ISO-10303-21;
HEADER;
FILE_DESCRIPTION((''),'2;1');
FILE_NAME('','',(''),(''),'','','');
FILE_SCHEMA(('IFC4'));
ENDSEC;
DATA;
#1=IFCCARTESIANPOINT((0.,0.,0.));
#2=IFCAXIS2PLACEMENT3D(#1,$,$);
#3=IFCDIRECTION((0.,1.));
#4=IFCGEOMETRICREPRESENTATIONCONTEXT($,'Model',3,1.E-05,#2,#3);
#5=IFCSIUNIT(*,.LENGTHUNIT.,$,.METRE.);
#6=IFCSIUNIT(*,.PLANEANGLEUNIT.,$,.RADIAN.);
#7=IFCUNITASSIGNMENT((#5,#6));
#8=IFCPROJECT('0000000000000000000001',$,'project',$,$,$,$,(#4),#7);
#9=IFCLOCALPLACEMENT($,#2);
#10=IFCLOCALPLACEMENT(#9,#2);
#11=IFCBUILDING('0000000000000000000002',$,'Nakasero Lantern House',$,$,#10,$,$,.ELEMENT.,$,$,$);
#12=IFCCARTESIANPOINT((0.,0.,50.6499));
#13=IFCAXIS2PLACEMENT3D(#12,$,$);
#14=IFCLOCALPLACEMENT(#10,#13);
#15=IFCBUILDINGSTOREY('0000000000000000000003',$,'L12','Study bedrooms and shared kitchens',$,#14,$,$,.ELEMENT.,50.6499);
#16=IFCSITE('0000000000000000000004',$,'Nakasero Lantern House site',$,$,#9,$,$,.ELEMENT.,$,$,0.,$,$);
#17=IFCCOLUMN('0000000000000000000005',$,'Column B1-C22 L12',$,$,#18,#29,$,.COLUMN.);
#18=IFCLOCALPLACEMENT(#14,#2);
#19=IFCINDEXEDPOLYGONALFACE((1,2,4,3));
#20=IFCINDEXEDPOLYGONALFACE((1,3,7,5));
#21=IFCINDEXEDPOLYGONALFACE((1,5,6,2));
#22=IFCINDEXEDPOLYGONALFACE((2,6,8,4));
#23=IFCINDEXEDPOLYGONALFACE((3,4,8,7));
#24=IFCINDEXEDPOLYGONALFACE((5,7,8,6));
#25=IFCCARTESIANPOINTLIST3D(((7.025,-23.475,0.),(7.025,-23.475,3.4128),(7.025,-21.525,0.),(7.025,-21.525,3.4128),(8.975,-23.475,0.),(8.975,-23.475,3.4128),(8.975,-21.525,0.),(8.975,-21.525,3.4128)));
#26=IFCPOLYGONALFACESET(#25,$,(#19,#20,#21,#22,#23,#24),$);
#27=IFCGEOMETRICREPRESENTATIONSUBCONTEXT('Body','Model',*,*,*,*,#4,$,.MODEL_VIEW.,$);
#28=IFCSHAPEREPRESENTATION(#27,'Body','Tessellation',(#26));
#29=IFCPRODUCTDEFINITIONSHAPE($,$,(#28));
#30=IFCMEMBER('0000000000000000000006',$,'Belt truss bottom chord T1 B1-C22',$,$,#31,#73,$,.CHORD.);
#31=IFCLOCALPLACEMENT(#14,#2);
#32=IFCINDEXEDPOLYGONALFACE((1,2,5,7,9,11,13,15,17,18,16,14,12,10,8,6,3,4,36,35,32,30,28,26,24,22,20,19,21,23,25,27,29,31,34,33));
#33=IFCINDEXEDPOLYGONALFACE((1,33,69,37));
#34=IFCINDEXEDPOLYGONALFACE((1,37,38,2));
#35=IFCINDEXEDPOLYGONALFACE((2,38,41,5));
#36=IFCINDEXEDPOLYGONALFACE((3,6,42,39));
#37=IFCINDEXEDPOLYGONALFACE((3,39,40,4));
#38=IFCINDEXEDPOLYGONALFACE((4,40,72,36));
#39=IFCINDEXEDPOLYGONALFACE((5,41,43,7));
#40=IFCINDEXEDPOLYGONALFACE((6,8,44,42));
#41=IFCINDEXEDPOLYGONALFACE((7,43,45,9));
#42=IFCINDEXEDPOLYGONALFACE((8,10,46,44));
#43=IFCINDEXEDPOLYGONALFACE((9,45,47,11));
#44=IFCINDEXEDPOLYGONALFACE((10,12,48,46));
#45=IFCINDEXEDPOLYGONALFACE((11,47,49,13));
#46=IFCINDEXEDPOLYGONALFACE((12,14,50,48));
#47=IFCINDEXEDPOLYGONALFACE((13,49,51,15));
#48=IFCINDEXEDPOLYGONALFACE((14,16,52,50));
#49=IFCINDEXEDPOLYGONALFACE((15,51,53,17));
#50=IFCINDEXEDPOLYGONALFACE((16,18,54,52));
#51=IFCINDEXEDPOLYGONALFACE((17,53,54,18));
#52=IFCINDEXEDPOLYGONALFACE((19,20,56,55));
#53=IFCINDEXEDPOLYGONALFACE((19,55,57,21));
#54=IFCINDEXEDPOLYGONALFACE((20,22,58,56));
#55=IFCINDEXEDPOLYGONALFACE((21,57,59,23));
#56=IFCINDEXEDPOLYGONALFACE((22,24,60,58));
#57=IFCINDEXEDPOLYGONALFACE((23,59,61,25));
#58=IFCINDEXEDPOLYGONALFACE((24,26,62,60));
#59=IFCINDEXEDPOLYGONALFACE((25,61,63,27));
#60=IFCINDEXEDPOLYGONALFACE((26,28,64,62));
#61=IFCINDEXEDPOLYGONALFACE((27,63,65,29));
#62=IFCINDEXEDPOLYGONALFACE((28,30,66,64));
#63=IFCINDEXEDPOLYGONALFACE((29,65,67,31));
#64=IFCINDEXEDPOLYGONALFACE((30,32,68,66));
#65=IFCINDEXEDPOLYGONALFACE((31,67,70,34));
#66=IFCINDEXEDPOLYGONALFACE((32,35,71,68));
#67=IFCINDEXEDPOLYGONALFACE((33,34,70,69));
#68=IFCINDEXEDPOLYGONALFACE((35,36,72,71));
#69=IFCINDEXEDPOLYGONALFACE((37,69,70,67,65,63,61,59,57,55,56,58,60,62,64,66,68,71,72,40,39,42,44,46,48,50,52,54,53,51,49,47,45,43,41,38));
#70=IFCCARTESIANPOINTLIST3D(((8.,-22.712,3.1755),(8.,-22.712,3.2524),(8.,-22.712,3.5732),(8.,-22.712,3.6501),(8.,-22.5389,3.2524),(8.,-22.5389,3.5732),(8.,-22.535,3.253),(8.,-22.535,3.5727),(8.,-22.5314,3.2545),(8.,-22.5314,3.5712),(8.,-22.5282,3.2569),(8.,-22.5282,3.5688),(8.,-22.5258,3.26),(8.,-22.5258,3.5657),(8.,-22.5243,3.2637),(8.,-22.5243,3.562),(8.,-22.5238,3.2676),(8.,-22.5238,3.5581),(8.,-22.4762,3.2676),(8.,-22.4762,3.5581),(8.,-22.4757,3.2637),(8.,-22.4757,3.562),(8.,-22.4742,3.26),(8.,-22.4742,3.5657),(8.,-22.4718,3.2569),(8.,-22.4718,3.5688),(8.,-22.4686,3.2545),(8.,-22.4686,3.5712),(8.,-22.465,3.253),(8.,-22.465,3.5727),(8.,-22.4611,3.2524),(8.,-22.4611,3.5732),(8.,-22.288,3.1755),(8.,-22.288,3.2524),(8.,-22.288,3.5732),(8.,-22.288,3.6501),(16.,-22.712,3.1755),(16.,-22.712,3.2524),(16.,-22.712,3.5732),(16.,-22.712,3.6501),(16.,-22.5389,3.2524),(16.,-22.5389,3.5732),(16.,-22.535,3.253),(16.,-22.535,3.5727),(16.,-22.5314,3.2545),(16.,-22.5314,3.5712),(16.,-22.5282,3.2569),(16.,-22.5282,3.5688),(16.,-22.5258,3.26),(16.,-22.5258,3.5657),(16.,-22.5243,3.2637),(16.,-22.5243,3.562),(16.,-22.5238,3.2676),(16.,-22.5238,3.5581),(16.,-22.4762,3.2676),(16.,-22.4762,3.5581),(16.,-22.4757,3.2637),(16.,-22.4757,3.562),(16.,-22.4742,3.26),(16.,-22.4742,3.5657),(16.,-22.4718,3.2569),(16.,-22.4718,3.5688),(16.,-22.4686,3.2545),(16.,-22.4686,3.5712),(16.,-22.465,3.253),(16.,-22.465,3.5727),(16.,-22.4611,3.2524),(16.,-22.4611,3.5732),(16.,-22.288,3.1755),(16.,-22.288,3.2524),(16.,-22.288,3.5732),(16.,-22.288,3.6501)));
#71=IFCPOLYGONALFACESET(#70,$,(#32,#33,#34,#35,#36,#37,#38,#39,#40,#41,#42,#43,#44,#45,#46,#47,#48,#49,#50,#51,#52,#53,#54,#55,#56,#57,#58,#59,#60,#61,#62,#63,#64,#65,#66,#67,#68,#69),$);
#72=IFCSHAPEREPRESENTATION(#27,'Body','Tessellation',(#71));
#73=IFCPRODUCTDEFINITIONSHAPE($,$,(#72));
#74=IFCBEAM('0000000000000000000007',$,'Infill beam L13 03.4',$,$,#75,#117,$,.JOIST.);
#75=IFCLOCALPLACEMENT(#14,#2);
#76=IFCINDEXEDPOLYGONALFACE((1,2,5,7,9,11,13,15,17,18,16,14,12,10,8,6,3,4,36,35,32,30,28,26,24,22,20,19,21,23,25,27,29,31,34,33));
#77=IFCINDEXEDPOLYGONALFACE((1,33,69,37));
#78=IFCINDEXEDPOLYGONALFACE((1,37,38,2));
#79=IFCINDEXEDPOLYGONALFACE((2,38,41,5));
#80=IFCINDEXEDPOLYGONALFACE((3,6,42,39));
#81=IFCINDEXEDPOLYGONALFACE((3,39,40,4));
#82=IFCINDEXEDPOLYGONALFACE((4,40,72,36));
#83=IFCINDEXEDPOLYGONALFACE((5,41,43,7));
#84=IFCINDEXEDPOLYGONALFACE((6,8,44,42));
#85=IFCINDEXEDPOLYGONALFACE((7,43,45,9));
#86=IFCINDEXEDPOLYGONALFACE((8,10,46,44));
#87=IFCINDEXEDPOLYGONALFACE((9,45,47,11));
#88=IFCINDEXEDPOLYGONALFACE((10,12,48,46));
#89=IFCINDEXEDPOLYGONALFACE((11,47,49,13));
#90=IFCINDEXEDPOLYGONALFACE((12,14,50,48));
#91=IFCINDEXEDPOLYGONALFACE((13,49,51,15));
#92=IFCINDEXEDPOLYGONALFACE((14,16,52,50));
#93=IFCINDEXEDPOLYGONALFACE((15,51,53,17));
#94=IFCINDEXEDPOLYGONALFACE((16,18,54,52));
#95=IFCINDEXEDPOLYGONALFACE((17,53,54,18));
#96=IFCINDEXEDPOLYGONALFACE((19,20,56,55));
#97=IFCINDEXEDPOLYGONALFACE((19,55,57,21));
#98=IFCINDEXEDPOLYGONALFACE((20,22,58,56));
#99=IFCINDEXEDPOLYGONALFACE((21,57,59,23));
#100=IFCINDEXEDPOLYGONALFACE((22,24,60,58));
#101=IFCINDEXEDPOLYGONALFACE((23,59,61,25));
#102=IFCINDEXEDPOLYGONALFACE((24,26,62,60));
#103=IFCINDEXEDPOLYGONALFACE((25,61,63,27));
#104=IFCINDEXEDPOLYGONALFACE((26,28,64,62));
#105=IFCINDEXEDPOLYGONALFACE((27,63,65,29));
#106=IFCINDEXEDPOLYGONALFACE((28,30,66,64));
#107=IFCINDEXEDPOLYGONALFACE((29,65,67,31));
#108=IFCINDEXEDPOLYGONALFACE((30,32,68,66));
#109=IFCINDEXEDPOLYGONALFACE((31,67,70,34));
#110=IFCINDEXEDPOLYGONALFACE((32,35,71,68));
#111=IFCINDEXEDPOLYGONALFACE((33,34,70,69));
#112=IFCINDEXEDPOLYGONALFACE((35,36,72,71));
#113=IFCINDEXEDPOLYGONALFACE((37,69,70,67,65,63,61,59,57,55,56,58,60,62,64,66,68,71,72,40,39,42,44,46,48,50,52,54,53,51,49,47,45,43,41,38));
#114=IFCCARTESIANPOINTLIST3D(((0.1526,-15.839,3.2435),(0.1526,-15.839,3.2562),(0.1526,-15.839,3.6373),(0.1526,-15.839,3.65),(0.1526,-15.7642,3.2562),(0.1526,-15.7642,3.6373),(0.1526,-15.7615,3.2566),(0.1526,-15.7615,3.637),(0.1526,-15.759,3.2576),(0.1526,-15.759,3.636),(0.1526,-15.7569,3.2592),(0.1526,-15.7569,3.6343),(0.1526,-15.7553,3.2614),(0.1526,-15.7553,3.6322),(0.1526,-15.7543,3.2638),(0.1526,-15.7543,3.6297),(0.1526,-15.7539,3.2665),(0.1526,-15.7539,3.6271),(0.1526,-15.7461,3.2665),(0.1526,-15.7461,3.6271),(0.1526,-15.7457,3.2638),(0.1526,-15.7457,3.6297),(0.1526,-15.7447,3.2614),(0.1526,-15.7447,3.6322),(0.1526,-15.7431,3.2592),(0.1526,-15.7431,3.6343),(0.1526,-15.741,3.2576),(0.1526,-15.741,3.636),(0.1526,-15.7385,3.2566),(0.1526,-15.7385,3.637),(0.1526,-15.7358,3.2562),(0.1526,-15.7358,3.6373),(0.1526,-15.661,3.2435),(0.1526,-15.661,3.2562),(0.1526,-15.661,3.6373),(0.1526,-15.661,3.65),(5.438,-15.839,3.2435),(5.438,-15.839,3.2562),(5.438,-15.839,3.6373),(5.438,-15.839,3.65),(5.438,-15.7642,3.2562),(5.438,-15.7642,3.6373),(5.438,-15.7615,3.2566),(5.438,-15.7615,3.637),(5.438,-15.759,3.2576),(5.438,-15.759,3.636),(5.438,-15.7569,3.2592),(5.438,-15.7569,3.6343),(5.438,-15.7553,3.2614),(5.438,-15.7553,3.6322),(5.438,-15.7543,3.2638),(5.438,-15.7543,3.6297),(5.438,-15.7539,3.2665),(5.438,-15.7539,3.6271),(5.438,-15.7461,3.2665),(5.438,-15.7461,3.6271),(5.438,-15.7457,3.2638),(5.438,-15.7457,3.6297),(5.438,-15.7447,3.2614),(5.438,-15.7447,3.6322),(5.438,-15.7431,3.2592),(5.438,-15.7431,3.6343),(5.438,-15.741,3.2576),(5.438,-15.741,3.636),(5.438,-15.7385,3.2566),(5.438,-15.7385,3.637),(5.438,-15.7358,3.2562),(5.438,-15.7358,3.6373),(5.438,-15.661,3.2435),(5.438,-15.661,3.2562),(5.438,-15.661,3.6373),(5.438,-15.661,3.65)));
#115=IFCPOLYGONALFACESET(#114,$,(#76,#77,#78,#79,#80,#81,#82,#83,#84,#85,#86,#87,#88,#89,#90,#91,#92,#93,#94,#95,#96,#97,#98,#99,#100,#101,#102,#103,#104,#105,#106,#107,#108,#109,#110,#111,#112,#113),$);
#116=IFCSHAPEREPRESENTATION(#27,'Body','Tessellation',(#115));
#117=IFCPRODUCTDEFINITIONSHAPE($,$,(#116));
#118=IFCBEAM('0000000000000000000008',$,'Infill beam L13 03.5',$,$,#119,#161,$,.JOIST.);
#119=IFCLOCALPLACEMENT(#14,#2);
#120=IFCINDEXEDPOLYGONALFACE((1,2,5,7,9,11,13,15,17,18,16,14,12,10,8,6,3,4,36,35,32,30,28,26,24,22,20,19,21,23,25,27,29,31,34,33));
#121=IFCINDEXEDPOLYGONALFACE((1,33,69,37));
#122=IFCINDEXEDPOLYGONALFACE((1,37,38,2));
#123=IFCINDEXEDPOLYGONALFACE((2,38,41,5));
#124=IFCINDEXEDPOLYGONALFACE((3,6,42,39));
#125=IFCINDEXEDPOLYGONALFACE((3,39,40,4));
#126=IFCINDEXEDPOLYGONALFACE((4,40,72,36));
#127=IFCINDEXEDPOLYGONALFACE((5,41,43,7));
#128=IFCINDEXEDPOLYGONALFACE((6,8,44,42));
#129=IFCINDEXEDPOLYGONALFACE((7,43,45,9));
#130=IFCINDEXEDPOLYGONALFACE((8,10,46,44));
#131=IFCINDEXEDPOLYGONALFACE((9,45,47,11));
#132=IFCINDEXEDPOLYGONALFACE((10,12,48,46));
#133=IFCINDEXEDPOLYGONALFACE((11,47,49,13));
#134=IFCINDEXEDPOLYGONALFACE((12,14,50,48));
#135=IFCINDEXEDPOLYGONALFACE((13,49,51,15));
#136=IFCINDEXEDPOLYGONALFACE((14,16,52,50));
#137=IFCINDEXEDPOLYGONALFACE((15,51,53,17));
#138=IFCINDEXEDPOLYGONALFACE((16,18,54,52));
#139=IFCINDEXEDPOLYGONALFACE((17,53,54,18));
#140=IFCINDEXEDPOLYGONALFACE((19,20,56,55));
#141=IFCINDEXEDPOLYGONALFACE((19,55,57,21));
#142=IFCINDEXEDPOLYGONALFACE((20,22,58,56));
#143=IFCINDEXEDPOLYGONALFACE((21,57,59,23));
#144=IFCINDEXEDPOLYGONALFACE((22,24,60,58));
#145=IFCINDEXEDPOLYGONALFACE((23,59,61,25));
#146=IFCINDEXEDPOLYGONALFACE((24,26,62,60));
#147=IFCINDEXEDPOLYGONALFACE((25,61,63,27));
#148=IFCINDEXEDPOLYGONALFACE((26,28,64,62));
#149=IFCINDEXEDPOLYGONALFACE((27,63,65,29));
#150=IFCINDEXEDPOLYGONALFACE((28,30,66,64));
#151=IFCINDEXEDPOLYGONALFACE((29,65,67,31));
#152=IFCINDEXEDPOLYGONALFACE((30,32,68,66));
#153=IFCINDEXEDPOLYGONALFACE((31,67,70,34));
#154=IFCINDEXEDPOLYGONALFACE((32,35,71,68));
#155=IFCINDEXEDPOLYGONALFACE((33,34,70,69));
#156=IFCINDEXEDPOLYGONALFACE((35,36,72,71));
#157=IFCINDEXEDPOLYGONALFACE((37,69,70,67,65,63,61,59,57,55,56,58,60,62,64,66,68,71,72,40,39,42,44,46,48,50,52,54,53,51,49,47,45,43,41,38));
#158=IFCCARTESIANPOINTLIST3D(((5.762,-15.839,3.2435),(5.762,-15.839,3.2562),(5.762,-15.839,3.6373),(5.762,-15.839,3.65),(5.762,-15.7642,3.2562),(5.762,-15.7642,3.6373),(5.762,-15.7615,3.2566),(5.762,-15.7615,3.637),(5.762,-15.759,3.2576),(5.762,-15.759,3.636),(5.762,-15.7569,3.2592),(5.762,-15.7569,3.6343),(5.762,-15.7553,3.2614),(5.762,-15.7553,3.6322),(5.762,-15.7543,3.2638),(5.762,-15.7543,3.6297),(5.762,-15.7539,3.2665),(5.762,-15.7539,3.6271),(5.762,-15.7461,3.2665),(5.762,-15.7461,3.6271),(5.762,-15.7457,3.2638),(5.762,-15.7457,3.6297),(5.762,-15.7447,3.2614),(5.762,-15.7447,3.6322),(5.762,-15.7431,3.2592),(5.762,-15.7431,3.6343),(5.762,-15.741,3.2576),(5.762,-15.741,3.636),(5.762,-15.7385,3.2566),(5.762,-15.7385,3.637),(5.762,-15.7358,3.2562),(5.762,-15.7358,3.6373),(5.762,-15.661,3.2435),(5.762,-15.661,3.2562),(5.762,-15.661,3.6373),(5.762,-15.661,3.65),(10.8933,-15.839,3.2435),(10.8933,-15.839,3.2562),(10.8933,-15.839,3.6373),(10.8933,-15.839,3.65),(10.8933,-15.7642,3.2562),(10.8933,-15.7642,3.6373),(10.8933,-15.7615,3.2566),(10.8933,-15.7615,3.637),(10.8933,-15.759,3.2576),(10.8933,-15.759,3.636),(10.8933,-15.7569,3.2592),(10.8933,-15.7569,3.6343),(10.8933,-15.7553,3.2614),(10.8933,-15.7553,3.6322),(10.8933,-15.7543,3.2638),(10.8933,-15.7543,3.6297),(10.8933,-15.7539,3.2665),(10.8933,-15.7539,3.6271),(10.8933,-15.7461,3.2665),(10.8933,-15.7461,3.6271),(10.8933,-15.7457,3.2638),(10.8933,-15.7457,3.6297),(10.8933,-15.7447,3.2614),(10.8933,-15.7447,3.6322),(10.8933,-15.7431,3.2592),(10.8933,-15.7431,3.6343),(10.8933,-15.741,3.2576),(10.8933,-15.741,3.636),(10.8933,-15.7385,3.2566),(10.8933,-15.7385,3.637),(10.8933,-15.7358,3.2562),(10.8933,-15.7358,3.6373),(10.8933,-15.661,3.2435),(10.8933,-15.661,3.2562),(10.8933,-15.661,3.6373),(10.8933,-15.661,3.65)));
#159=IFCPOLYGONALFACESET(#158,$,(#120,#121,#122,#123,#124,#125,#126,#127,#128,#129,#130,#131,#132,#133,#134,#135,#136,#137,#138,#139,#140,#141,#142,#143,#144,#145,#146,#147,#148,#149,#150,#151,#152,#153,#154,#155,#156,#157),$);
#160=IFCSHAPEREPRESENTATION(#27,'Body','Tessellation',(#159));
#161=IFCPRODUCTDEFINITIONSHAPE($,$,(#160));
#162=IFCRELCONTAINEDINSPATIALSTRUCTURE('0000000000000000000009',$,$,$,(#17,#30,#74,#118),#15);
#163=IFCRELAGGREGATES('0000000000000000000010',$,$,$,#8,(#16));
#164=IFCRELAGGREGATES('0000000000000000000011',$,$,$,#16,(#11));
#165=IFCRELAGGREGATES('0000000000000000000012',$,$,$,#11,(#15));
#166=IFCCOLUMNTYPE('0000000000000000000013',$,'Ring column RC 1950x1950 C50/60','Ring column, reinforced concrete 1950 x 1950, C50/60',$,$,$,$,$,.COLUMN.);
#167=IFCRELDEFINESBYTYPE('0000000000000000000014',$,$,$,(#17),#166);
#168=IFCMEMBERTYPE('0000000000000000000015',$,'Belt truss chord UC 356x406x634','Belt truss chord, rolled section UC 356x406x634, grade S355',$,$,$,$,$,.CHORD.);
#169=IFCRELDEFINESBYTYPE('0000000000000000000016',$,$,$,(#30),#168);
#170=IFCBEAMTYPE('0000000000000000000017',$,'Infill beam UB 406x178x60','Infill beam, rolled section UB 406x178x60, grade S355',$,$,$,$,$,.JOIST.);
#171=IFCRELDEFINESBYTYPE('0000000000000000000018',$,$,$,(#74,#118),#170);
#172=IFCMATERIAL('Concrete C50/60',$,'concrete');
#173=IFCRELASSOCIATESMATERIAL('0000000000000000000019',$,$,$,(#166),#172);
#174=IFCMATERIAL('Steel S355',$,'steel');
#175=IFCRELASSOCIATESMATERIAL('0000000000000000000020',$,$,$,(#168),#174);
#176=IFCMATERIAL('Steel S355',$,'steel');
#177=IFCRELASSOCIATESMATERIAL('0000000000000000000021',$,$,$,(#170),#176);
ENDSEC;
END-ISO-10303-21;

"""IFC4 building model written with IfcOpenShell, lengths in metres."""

from ifc_helpers import new_model, si_unit, direction, frame, origin, origin_2d, place, context, subcontext, project, spatial, rectangle, i_section, extrude, material, material_profile, profile_set, type_object, element, save


model = new_model("IFC4")

# Units and contexts
model_context = context("Model", 3, precision=1e-05, world=origin(), true_north=direction((0.0, 1.0)))
body_context = subcontext(model_context, "Body", "Model", "MODEL_VIEW")
ifc_project = project(units=[si_unit("LENGTHUNIT", "METRE"), si_unit("PLANEANGLEUNIT", "RADIAN")], contexts=[model_context])

# Site, building, storey
site_placement = place(None, origin())
site = spatial("IfcSite", under=ifc_project, at=site_placement, Name="Nakasero Lantern House site", CompositionType="ELEMENT", RefElevation=0.0)
building_placement = place(site_placement, origin())
building = spatial("IfcBuilding", under=site, at=building_placement, Name="Nakasero Lantern House", CompositionType="ELEMENT")
storey_placement = place(building_placement, frame((0.0, 0.0, 50.6499)))
storey = spatial("IfcBuildingStorey", under=building, at=storey_placement, Name="L12", Description="Study bedrooms and shared kitchens", CompositionType="ELEMENT", Elevation=50.6499)

# Column
ifc_material_1 = material(Name="Concrete C50/60", Category="concrete")
ifc_material_profile_1 = material_profile(ifc_material_1, rectangle(XDim=1.95, YDim=1.95, at=origin_2d()), Name="RC 1950x1950")
ifc_profile_set_1 = profile_set([ifc_material_profile_1], Name="Concrete C50/60")
column_type = type_object("IfcColumnType", Name="Ring column RC 1950x1950 C50/60", Description="Ring column, reinforced concrete 1950 x 1950, C50/60", PredefinedType="COLUMN", material=ifc_profile_set_1)
column_placement = place(storey_placement, frame((8.0, -22.5, 0.0), z_axis=(0.0, 0.0, 1.0), x_axis=(1.0, 0.0, 0.0)))
element("IfcColumn", 1, at=column_placement, inside=storey, type_object=column_type, Name="Column B1-C22 L12", PredefinedType="COLUMN", context=body_context, shape_type="SweptSolid", body=[
    extrude(rectangle(XDim=1.95, YDim=1.95, at=origin_2d()), origin(), (0.0, 0.0, 1.0), 3.4128),
])

# Member
ifc_material_2 = material(Name="Steel S355", Category="steel")
ifc_material_profile_2 = material_profile(ifc_material_2, i_section(OverallWidth=0.4241, OverallDepth=0.4746, WebThickness=0.0476, FlangeThickness=0.0769, FilletRadius=0.0151, at=origin_2d()), Name="UC 356x406x634")
ifc_profile_set_2 = profile_set([ifc_material_profile_2], Name="Steel S355")
member_type = type_object("IfcMemberType", Name="Belt truss chord UC 356x406x634", Description="Belt truss chord, rolled section UC 356x406x634, grade S355", PredefinedType="CHORD", material=ifc_profile_set_2)
member_placement = place(storey_placement, frame((8.0, -22.5, 3.4128), z_axis=(1.0, 0.0, 0.0), x_axis=(0.0, 1.0, 0.0)))
element("IfcMember", 2, at=member_placement, inside=storey, type_object=member_type, Name="Belt truss bottom chord T1 B1-C22", PredefinedType="CHORD", context=body_context, shape_type="SweptSolid", body=[
    extrude(i_section(OverallWidth=0.4241, OverallDepth=0.4746, WebThickness=0.0476, FlangeThickness=0.0769, FilletRadius=0.0151, at=origin_2d()), origin(), (0.0, 0.0, 1.0), 8.0),
])

# Beams
ifc_material_3 = material(Name="Steel S355", Category="steel")
ifc_material_profile_3 = material_profile(ifc_material_3, i_section(OverallWidth=0.178, OverallDepth=0.4065, WebThickness=0.0078, FlangeThickness=0.0127, FilletRadius=0.0103, at=origin_2d()), Name="UB 406x178x60")
ifc_profile_set_3 = profile_set([ifc_material_profile_3], Name="Steel S355")
beam_type_1 = type_object("IfcBeamType", Name="Infill beam UB 406x178x60", Description="Infill beam, rolled section UB 406x178x60, grade S355", PredefinedType="JOIST", material=ifc_profile_set_3)
beam_1_placement = place(storey_placement, frame((0.1526, -15.75, 3.4468), z_axis=(1.0, 0.0, 0.0), x_axis=(0.0, 1.0, 0.0)))
element("IfcBeam", 3, at=beam_1_placement, inside=storey, type_object=beam_type_1, Name="Infill beam L13 03.4", PredefinedType="JOIST", context=body_context, shape_type="SweptSolid", body=[
    extrude(i_section(OverallWidth=0.178, OverallDepth=0.4065, WebThickness=0.0078, FlangeThickness=0.0127, FilletRadius=0.0103, at=origin_2d()), origin(), (0.0, 0.0, 1.0), 5.2854),
])
beam_2_placement = place(storey_placement, frame((5.762, -15.75, 3.4468), z_axis=(1.0, 0.0, 0.0), x_axis=(0.0, 1.0, 0.0)))
element("IfcBeam", 4, at=beam_2_placement, inside=storey, type_object=beam_type_1, Name="Infill beam L13 03.5", PredefinedType="JOIST", context=body_context, shape_type="SweptSolid", body=[
    extrude(i_section(OverallWidth=0.178, OverallDepth=0.4065, WebThickness=0.0078, FlangeThickness=0.0127, FilletRadius=0.0103, at=origin_2d()), origin(), (0.0, 0.0, 1.0), 5.1313),
])

save(model, "model.ifc")
